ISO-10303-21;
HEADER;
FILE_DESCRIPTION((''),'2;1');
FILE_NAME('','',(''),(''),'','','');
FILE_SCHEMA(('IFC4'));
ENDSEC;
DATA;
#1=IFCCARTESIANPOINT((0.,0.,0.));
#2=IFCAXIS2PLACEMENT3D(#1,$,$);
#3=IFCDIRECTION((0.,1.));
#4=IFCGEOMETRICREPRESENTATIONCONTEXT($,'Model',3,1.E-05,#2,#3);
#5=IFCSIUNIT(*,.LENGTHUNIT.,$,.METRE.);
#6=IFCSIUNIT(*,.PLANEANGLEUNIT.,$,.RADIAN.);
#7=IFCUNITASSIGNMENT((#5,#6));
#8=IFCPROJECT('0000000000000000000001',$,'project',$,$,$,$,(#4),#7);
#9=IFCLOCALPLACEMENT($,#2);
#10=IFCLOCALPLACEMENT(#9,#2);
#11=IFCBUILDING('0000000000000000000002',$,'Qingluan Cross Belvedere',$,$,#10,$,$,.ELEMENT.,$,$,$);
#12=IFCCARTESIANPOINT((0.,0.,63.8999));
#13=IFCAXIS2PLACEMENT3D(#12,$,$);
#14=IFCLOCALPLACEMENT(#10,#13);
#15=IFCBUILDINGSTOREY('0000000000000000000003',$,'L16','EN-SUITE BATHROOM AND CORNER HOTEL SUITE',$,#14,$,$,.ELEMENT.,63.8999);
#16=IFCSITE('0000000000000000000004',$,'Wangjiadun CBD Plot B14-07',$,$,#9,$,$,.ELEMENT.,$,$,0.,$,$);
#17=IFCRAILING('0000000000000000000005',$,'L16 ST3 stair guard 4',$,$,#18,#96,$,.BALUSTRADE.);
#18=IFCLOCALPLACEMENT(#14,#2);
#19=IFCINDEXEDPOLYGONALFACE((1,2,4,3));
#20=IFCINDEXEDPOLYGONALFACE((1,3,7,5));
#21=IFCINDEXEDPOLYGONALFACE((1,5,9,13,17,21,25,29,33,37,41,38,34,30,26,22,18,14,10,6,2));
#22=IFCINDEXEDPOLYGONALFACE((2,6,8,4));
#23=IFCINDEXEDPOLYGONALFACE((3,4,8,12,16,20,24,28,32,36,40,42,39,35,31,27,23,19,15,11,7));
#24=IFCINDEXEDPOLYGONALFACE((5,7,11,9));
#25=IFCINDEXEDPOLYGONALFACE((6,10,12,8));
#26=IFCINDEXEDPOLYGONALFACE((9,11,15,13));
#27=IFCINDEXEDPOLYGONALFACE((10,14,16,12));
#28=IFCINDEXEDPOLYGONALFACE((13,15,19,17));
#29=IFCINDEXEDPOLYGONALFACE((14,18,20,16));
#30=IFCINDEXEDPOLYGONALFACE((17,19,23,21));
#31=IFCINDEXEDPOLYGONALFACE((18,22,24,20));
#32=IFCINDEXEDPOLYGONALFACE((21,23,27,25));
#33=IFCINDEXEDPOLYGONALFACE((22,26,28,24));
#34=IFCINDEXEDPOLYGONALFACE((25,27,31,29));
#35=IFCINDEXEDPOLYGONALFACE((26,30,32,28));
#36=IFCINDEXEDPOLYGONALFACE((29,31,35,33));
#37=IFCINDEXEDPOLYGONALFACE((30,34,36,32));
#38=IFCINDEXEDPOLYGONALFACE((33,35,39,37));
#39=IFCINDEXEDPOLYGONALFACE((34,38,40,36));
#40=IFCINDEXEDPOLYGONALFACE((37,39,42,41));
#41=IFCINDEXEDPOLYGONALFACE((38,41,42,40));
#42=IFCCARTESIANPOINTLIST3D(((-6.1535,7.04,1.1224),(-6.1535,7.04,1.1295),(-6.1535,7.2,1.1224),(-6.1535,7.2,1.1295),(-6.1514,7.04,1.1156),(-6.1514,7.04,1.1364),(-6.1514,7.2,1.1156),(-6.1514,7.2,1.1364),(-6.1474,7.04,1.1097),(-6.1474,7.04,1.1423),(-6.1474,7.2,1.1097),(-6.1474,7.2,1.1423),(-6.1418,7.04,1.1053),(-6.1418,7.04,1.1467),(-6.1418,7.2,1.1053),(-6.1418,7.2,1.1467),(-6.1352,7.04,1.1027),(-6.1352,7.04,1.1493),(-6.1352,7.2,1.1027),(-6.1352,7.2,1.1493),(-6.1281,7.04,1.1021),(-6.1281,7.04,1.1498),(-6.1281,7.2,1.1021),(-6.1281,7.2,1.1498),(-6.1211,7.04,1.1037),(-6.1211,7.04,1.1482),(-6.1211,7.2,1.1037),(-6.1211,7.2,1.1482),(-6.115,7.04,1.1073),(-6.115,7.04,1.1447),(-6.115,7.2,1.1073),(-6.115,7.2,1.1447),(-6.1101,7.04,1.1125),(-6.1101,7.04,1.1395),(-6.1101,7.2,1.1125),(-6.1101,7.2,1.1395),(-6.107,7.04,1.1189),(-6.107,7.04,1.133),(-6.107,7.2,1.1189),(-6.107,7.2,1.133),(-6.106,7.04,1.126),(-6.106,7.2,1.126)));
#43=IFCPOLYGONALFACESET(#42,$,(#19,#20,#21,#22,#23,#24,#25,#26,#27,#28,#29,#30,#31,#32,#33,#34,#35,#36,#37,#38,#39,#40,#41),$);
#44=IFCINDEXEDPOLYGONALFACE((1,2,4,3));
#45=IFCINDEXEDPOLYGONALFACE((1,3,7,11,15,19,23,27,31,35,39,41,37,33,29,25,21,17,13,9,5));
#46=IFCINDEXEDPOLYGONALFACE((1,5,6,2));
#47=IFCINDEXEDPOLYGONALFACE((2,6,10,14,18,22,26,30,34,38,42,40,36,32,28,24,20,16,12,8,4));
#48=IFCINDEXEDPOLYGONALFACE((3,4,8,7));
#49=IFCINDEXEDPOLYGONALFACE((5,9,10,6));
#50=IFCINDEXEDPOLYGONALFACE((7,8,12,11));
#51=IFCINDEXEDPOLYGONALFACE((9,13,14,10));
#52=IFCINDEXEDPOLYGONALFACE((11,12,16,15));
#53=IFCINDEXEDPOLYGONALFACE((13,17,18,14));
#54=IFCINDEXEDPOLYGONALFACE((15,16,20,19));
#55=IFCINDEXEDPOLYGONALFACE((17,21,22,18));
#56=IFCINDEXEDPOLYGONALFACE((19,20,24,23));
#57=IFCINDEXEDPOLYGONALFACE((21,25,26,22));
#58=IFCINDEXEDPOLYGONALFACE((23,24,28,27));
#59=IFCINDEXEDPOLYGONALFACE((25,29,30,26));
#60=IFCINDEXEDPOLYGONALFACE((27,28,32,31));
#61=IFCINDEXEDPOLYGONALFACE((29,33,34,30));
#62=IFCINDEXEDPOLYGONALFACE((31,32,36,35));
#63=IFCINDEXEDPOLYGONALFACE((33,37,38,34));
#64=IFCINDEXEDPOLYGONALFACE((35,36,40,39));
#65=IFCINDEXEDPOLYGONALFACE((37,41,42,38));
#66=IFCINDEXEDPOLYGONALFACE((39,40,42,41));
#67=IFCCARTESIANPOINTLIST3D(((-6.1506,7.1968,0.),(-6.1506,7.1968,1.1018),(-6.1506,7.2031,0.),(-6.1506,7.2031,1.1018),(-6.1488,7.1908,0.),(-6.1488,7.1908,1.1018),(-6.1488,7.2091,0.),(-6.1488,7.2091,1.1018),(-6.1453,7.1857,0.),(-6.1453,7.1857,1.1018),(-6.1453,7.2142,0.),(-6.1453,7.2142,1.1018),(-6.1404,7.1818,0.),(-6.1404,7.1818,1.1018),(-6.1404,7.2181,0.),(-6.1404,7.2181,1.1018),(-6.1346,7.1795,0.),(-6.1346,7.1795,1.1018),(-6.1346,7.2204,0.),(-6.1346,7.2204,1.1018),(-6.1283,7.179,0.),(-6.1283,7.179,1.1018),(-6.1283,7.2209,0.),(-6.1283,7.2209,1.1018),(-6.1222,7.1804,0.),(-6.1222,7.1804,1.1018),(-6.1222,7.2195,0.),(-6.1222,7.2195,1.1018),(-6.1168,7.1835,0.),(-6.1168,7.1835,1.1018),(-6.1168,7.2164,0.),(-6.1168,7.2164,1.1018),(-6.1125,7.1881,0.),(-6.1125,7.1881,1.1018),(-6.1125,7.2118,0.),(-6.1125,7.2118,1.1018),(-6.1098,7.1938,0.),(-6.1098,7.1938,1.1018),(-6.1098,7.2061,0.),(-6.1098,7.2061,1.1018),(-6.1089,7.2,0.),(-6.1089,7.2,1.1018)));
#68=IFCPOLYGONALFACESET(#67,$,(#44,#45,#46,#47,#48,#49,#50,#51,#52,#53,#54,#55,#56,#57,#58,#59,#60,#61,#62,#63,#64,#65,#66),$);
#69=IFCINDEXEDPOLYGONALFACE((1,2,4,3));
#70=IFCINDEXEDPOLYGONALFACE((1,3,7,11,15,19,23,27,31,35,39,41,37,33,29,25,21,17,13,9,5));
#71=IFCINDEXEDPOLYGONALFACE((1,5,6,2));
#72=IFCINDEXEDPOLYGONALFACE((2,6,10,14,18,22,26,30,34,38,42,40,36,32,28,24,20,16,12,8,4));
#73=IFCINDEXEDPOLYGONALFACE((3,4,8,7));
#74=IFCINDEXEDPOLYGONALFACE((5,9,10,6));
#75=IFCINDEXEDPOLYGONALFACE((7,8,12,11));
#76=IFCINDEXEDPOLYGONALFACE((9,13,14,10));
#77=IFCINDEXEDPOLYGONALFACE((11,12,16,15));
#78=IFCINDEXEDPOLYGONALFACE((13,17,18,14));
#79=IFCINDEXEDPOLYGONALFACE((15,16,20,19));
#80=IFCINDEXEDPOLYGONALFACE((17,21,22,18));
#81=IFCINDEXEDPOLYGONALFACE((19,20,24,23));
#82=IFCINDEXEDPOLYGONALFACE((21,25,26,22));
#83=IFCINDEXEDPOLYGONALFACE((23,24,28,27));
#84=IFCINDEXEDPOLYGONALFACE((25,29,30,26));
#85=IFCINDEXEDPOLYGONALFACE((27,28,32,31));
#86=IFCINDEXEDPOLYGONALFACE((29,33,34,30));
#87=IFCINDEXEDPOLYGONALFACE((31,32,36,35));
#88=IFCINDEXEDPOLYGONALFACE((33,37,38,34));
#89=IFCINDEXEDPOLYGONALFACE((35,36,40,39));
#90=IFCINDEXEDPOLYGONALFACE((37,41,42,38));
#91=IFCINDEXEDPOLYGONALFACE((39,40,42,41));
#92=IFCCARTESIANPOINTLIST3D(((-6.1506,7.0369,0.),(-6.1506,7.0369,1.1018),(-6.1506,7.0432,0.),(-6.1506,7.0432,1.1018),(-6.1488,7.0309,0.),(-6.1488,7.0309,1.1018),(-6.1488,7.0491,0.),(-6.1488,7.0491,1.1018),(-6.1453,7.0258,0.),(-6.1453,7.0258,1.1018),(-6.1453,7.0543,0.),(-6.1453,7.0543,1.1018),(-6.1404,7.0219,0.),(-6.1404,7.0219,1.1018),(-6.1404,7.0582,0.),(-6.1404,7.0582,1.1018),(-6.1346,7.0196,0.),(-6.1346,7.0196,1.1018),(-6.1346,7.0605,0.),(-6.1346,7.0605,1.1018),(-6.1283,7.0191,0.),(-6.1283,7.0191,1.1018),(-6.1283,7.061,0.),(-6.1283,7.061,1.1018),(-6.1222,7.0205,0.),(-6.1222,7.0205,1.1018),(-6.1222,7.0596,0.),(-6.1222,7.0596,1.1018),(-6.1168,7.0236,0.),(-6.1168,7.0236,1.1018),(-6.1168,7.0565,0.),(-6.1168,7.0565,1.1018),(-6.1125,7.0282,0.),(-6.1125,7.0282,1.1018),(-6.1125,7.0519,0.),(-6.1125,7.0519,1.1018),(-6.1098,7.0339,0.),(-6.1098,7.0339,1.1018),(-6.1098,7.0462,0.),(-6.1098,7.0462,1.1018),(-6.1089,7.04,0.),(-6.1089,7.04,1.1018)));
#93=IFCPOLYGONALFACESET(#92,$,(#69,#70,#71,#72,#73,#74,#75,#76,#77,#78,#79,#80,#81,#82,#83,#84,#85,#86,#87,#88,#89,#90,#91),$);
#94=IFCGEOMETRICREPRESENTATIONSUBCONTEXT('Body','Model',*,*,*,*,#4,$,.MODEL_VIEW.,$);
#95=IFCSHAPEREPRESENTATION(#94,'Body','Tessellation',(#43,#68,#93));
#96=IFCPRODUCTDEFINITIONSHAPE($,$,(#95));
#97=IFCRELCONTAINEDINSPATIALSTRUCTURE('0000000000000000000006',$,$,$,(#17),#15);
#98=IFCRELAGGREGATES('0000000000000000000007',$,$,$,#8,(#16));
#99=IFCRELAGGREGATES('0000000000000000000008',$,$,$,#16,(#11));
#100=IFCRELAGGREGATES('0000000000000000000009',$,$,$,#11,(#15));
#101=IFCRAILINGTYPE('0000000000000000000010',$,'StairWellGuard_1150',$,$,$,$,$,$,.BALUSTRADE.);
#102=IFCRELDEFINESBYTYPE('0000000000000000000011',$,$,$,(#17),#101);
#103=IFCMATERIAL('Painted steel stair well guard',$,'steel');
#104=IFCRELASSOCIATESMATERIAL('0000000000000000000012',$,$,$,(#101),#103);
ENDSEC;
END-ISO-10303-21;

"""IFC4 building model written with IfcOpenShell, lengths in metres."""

from ifc_helpers import new_model, si_unit, direction, frame, origin, origin_2d, place, context, subcontext, project, spatial, circle, extrude, material, type_object, element, save


model = new_model("IFC4")

# Units and contexts
model_context = context("Model", 3, precision=1e-05, world=origin(), true_north=direction((0.0, 1.0)))
body_context = subcontext(model_context, "Body", "Model", "MODEL_VIEW")
ifc_project = project(units=[si_unit("LENGTHUNIT", "METRE"), si_unit("PLANEANGLEUNIT", "RADIAN")], contexts=[model_context])

# Site, building, storey
site_placement = place(None, origin())
site = spatial("IfcSite", under=ifc_project, at=site_placement, Name="Wangjiadun CBD Plot B14-07", CompositionType="ELEMENT", RefElevation=0.0)
building_placement = place(site_placement, origin())
building = spatial("IfcBuilding", under=site, at=building_placement, Name="Qingluan Cross Belvedere", CompositionType="ELEMENT")
storey_placement = place(building_placement, frame((0.0, 0.0, 63.8999)))
storey = spatial("IfcBuildingStorey", under=building, at=storey_placement, Name="L16", Description="EN-SUITE BATHROOM AND CORNER HOTEL SUITE", CompositionType="ELEMENT", Elevation=63.8999)

# Railing
ifc_material_1 = material(Name="Painted steel stair well guard", Category="steel")
railing_type_1 = type_object("IfcRailingType", Name="StairWellGuard_1150", PredefinedType="BALUSTRADE", material=ifc_material_1)
railing_1_placement = place(storey_placement, frame((-6.1299, 7.2, 0.0)))
element("IfcRailing", 1, at=railing_1_placement, inside=storey, type_object=railing_type_1, Name="L16 ST3 stair guard 4", PredefinedType="BALUSTRADE", context=body_context, shape_type="SweptSolid", body=[
    extrude(circle(Radius=0.0239, at=origin_2d()), frame((0.0, 0.0, 1.126), z_axis=(0.0, -1.0, 0.0), x_axis=(1.0, 0.0, 0.0)), (0.0, 0.0, 1.0), 0.1599),
    extrude(circle(Radius=0.021, at=origin_2d()), origin(), (0.0, 0.0, 1.0), 1.1018),
    extrude(circle(Radius=0.021, at=origin_2d()), frame((0.0, -0.1599, 0.0)), (0.0, 0.0, 1.0), 1.1018),
])

save(model, "model.ifc")
